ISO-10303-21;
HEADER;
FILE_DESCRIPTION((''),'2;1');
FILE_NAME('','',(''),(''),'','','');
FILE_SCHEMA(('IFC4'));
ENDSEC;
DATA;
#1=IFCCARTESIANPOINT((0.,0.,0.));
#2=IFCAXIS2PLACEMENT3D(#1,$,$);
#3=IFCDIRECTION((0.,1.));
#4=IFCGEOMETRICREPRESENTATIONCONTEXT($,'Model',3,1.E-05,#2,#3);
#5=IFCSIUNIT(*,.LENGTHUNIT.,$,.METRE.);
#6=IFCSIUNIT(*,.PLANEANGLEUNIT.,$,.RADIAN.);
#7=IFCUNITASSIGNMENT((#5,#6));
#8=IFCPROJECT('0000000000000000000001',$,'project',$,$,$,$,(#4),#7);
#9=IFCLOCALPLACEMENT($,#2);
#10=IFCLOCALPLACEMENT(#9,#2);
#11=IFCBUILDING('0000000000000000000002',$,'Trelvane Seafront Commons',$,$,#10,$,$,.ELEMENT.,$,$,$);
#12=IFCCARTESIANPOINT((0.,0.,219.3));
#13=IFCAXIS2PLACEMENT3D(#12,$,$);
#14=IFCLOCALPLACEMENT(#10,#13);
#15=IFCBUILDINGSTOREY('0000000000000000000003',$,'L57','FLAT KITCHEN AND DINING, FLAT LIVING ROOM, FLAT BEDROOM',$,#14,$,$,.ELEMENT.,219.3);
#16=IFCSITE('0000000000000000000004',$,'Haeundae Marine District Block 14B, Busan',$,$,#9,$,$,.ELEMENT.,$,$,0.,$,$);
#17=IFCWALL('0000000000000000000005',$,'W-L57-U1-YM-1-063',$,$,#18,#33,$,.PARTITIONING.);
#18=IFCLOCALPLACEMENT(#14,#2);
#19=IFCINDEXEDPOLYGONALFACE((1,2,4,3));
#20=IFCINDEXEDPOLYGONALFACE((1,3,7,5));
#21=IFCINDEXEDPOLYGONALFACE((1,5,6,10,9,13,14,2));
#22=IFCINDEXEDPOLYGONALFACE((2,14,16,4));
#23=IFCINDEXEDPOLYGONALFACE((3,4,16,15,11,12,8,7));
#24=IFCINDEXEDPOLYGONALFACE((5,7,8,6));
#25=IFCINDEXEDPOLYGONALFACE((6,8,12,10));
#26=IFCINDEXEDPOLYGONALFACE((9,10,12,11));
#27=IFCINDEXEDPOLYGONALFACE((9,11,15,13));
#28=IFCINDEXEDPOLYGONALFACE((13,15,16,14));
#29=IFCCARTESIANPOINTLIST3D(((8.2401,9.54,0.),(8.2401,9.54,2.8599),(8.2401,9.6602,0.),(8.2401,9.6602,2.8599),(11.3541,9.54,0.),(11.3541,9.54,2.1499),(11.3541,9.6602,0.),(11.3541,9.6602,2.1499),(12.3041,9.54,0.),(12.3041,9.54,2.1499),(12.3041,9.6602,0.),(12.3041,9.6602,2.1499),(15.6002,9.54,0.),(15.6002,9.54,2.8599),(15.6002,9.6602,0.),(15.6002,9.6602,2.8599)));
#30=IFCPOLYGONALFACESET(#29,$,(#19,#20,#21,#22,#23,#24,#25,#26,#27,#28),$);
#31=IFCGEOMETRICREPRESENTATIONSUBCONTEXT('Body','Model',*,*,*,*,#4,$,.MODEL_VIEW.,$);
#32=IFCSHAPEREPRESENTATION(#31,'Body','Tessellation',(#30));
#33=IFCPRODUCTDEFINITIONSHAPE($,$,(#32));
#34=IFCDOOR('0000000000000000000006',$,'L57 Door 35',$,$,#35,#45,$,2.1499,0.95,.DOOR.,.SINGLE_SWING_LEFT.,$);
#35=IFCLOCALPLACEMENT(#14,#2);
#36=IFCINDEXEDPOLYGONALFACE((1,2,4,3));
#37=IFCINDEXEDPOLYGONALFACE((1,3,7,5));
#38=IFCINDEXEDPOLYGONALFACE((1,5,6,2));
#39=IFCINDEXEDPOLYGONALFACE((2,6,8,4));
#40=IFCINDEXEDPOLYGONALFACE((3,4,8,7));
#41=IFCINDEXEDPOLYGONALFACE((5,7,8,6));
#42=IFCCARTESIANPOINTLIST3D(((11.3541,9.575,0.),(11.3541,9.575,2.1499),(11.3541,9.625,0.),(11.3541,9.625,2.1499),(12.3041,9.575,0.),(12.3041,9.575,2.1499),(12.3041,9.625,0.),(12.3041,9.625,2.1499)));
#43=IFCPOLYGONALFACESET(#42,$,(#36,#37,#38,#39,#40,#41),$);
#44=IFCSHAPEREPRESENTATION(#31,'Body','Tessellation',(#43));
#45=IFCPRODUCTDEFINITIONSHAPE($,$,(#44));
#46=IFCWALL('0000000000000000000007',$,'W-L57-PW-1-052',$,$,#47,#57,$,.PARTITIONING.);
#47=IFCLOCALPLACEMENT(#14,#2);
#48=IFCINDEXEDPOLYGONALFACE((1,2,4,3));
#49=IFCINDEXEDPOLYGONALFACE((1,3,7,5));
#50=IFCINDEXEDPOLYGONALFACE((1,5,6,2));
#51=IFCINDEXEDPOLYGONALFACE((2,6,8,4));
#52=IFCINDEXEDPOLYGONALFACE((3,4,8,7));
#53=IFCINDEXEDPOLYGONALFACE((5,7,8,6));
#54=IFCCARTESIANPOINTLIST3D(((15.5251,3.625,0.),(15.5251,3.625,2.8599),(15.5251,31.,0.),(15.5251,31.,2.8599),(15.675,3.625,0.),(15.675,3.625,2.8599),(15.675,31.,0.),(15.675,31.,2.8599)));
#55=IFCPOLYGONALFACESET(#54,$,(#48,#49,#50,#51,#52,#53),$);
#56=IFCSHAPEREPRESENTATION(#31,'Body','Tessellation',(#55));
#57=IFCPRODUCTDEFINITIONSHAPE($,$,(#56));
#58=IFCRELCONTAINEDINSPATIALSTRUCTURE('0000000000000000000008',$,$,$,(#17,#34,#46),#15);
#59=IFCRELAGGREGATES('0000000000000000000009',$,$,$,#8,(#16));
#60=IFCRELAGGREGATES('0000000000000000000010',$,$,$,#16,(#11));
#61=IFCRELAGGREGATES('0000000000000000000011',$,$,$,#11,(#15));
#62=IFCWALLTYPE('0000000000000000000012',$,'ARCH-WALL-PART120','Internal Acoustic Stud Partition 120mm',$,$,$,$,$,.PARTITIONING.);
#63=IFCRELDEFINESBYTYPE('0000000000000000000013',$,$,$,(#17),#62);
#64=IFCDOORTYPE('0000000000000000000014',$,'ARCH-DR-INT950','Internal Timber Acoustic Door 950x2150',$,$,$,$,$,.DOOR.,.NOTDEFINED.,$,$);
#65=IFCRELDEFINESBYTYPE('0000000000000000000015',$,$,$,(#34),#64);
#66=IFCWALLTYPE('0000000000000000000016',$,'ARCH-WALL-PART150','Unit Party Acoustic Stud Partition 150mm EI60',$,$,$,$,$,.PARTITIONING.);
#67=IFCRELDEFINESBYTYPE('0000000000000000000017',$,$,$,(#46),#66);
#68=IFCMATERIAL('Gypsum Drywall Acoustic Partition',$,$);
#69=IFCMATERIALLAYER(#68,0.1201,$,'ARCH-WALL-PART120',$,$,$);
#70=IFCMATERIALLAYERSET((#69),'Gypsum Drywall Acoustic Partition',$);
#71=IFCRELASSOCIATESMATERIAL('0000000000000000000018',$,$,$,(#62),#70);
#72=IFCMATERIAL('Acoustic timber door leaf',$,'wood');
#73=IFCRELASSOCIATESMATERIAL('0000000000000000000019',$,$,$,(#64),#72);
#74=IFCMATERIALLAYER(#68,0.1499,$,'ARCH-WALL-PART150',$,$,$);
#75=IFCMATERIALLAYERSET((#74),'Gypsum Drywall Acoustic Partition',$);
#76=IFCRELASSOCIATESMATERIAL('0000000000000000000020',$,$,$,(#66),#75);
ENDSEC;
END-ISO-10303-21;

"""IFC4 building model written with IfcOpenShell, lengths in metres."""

from ifc_helpers import new_model, si_unit, direction, frame, frame_2d, origin, place, context, subcontext, project, spatial, rectangle, extrude, source, transform, mapped, material, layer, layer_set, type_object, element, fill, save


model = new_model("IFC4")

# Units and contexts
model_context = context("Model", 3, precision=1e-05, world=origin(), true_north=direction((0.0, 1.0)))
body_context = subcontext(model_context, "Body", "Model", "MODEL_VIEW")
ifc_project = project(units=[si_unit("LENGTHUNIT", "METRE"), si_unit("PLANEANGLEUNIT", "RADIAN")], contexts=[model_context])

# Site, building, storey
site_placement = place(None, origin())
site = spatial("IfcSite", under=ifc_project, at=site_placement, Name="Haeundae Marine District Block 14B, Busan", CompositionType="ELEMENT", RefElevation=0.0)
building_placement = place(site_placement, origin())
building = spatial("IfcBuilding", under=site, at=building_placement, Name="Trelvane Seafront Commons", CompositionType="ELEMENT")
storey_placement = place(building_placement, frame((0.0, 0.0, 219.3)))
storey = spatial("IfcBuildingStorey", under=building, at=storey_placement, Name="L57", Description="FLAT KITCHEN AND DINING, FLAT LIVING ROOM, FLAT BEDROOM", CompositionType="ELEMENT", Elevation=219.3)

# Wall, opening, door
ifc_material_1 = material(Name="Gypsum Drywall Acoustic Partition")
ifc_layer_1 = layer(ifc_material_1, 0.1201, Name="ARCH-WALL-PART120")
ifc_layer_set_1 = layer_set([ifc_layer_1], Name="Gypsum Drywall Acoustic Partition")
wall_type_1 = type_object("IfcWallType", Name="ARCH-WALL-PART120", Description="Internal Acoustic Stud Partition 120mm", PredefinedType="PARTITIONING", material=ifc_layer_set_1)
wall_1_placement = place(storey_placement, frame((8.24, 9.6001, 0.0), z_axis=(0.0, 0.0, 1.0), x_axis=(1.0, 0.0, 0.0)))
wall_1 = element("IfcWall", 1, at=wall_1_placement, inside=storey, type_object=wall_type_1, Name="W-L57-U1-YM-1-063", PredefinedType="PARTITIONING", context=body_context, shape_type="SweptSolid", body=[
    extrude(rectangle(XDim=7.3601, YDim=0.1201, at=frame_2d((3.6802, 0.0))), origin(), (0.0, 0.0, 1.0), 2.8599),
])
opening_1_placement = place(wall_1_placement, frame((3.114, 0.0, 0.0)))
opening_1 = element("IfcOpeningElement", 2, at=opening_1_placement, cuts=wall_1, PredefinedType="OPENING", context=body_context, shape_type="SweptSolid", body=[
    extrude(rectangle(XDim=0.95, YDim=2.1499, at=frame_2d((0.4751, 1.075))), frame((0.0, 0.0701, 0.0), z_axis=(0.0, -1.0, 0.0), x_axis=(1.0, 0.0, 0.0)), (0.0, 0.0, 1.0), 0.1401),
])
ifc_material_2 = material(Name="Acoustic timber door leaf", Category="wood")
door_type = type_object("IfcDoorType", Name="ARCH-DR-INT950", Description="Internal Timber Acoustic Door 950x2150", OperationType="NOTDEFINED", PredefinedType="DOOR", material=ifc_material_2)
shared_shape_1 = source(origin(), body_context, "Body", "SweptSolid", [
    extrude(rectangle(XDim=0.95, YDim=2.1499, at=frame_2d((0.4751, 1.075))), frame((0.0, 0.0249, 0.0), z_axis=(0.0, -1.0, 0.0), x_axis=(1.0, 0.0, 0.0)), (0.0, 0.0, 1.0), 0.05),
])
door_1_placement = place(opening_1_placement, origin())
door_1 = element("IfcDoor", 3, at=door_1_placement, inside=storey, type_object=door_type, Name="L57 Door 35", OperationType="SINGLE_SWING_LEFT", OverallHeight=2.1499, OverallWidth=0.95, PredefinedType="DOOR", context=body_context, shape_type="MappedRepresentation", body=[
    mapped(shared_shape_1, transform((0.0, 0.0, 0.0), x_axis=(1.0, 0.0, 0.0), y_axis=(0.0, 1.0, 0.0), z_axis=(0.0, 0.0, 1.0), scale=1.0)),
])
fill(opening_1, door_1)

# Wall
ifc_layer_2 = layer(ifc_material_1, 0.1499, Name="ARCH-WALL-PART150")
ifc_layer_set_2 = layer_set([ifc_layer_2], Name="Gypsum Drywall Acoustic Partition")
wall_type_2 = type_object("IfcWallType", Name="ARCH-WALL-PART150", Description="Unit Party Acoustic Stud Partition 150mm EI60", PredefinedType="PARTITIONING", material=ifc_layer_set_2)
wall_2_placement = place(storey_placement, frame((15.6001, 3.625, 0.0), z_axis=(0.0, 0.0, 1.0), x_axis=(0.0, 1.0, 0.0)))
element("IfcWall", 4, at=wall_2_placement, inside=storey, type_object=wall_type_2, Name="W-L57-PW-1-052", PredefinedType="PARTITIONING", context=body_context, shape_type="SweptSolid", body=[
    extrude(rectangle(XDim=27.375, YDim=0.1499, at=frame_2d((13.6875, 0.0))), origin(), (0.0, 0.0, 1.0), 2.8599),
])

save(model, "model.ifc")
